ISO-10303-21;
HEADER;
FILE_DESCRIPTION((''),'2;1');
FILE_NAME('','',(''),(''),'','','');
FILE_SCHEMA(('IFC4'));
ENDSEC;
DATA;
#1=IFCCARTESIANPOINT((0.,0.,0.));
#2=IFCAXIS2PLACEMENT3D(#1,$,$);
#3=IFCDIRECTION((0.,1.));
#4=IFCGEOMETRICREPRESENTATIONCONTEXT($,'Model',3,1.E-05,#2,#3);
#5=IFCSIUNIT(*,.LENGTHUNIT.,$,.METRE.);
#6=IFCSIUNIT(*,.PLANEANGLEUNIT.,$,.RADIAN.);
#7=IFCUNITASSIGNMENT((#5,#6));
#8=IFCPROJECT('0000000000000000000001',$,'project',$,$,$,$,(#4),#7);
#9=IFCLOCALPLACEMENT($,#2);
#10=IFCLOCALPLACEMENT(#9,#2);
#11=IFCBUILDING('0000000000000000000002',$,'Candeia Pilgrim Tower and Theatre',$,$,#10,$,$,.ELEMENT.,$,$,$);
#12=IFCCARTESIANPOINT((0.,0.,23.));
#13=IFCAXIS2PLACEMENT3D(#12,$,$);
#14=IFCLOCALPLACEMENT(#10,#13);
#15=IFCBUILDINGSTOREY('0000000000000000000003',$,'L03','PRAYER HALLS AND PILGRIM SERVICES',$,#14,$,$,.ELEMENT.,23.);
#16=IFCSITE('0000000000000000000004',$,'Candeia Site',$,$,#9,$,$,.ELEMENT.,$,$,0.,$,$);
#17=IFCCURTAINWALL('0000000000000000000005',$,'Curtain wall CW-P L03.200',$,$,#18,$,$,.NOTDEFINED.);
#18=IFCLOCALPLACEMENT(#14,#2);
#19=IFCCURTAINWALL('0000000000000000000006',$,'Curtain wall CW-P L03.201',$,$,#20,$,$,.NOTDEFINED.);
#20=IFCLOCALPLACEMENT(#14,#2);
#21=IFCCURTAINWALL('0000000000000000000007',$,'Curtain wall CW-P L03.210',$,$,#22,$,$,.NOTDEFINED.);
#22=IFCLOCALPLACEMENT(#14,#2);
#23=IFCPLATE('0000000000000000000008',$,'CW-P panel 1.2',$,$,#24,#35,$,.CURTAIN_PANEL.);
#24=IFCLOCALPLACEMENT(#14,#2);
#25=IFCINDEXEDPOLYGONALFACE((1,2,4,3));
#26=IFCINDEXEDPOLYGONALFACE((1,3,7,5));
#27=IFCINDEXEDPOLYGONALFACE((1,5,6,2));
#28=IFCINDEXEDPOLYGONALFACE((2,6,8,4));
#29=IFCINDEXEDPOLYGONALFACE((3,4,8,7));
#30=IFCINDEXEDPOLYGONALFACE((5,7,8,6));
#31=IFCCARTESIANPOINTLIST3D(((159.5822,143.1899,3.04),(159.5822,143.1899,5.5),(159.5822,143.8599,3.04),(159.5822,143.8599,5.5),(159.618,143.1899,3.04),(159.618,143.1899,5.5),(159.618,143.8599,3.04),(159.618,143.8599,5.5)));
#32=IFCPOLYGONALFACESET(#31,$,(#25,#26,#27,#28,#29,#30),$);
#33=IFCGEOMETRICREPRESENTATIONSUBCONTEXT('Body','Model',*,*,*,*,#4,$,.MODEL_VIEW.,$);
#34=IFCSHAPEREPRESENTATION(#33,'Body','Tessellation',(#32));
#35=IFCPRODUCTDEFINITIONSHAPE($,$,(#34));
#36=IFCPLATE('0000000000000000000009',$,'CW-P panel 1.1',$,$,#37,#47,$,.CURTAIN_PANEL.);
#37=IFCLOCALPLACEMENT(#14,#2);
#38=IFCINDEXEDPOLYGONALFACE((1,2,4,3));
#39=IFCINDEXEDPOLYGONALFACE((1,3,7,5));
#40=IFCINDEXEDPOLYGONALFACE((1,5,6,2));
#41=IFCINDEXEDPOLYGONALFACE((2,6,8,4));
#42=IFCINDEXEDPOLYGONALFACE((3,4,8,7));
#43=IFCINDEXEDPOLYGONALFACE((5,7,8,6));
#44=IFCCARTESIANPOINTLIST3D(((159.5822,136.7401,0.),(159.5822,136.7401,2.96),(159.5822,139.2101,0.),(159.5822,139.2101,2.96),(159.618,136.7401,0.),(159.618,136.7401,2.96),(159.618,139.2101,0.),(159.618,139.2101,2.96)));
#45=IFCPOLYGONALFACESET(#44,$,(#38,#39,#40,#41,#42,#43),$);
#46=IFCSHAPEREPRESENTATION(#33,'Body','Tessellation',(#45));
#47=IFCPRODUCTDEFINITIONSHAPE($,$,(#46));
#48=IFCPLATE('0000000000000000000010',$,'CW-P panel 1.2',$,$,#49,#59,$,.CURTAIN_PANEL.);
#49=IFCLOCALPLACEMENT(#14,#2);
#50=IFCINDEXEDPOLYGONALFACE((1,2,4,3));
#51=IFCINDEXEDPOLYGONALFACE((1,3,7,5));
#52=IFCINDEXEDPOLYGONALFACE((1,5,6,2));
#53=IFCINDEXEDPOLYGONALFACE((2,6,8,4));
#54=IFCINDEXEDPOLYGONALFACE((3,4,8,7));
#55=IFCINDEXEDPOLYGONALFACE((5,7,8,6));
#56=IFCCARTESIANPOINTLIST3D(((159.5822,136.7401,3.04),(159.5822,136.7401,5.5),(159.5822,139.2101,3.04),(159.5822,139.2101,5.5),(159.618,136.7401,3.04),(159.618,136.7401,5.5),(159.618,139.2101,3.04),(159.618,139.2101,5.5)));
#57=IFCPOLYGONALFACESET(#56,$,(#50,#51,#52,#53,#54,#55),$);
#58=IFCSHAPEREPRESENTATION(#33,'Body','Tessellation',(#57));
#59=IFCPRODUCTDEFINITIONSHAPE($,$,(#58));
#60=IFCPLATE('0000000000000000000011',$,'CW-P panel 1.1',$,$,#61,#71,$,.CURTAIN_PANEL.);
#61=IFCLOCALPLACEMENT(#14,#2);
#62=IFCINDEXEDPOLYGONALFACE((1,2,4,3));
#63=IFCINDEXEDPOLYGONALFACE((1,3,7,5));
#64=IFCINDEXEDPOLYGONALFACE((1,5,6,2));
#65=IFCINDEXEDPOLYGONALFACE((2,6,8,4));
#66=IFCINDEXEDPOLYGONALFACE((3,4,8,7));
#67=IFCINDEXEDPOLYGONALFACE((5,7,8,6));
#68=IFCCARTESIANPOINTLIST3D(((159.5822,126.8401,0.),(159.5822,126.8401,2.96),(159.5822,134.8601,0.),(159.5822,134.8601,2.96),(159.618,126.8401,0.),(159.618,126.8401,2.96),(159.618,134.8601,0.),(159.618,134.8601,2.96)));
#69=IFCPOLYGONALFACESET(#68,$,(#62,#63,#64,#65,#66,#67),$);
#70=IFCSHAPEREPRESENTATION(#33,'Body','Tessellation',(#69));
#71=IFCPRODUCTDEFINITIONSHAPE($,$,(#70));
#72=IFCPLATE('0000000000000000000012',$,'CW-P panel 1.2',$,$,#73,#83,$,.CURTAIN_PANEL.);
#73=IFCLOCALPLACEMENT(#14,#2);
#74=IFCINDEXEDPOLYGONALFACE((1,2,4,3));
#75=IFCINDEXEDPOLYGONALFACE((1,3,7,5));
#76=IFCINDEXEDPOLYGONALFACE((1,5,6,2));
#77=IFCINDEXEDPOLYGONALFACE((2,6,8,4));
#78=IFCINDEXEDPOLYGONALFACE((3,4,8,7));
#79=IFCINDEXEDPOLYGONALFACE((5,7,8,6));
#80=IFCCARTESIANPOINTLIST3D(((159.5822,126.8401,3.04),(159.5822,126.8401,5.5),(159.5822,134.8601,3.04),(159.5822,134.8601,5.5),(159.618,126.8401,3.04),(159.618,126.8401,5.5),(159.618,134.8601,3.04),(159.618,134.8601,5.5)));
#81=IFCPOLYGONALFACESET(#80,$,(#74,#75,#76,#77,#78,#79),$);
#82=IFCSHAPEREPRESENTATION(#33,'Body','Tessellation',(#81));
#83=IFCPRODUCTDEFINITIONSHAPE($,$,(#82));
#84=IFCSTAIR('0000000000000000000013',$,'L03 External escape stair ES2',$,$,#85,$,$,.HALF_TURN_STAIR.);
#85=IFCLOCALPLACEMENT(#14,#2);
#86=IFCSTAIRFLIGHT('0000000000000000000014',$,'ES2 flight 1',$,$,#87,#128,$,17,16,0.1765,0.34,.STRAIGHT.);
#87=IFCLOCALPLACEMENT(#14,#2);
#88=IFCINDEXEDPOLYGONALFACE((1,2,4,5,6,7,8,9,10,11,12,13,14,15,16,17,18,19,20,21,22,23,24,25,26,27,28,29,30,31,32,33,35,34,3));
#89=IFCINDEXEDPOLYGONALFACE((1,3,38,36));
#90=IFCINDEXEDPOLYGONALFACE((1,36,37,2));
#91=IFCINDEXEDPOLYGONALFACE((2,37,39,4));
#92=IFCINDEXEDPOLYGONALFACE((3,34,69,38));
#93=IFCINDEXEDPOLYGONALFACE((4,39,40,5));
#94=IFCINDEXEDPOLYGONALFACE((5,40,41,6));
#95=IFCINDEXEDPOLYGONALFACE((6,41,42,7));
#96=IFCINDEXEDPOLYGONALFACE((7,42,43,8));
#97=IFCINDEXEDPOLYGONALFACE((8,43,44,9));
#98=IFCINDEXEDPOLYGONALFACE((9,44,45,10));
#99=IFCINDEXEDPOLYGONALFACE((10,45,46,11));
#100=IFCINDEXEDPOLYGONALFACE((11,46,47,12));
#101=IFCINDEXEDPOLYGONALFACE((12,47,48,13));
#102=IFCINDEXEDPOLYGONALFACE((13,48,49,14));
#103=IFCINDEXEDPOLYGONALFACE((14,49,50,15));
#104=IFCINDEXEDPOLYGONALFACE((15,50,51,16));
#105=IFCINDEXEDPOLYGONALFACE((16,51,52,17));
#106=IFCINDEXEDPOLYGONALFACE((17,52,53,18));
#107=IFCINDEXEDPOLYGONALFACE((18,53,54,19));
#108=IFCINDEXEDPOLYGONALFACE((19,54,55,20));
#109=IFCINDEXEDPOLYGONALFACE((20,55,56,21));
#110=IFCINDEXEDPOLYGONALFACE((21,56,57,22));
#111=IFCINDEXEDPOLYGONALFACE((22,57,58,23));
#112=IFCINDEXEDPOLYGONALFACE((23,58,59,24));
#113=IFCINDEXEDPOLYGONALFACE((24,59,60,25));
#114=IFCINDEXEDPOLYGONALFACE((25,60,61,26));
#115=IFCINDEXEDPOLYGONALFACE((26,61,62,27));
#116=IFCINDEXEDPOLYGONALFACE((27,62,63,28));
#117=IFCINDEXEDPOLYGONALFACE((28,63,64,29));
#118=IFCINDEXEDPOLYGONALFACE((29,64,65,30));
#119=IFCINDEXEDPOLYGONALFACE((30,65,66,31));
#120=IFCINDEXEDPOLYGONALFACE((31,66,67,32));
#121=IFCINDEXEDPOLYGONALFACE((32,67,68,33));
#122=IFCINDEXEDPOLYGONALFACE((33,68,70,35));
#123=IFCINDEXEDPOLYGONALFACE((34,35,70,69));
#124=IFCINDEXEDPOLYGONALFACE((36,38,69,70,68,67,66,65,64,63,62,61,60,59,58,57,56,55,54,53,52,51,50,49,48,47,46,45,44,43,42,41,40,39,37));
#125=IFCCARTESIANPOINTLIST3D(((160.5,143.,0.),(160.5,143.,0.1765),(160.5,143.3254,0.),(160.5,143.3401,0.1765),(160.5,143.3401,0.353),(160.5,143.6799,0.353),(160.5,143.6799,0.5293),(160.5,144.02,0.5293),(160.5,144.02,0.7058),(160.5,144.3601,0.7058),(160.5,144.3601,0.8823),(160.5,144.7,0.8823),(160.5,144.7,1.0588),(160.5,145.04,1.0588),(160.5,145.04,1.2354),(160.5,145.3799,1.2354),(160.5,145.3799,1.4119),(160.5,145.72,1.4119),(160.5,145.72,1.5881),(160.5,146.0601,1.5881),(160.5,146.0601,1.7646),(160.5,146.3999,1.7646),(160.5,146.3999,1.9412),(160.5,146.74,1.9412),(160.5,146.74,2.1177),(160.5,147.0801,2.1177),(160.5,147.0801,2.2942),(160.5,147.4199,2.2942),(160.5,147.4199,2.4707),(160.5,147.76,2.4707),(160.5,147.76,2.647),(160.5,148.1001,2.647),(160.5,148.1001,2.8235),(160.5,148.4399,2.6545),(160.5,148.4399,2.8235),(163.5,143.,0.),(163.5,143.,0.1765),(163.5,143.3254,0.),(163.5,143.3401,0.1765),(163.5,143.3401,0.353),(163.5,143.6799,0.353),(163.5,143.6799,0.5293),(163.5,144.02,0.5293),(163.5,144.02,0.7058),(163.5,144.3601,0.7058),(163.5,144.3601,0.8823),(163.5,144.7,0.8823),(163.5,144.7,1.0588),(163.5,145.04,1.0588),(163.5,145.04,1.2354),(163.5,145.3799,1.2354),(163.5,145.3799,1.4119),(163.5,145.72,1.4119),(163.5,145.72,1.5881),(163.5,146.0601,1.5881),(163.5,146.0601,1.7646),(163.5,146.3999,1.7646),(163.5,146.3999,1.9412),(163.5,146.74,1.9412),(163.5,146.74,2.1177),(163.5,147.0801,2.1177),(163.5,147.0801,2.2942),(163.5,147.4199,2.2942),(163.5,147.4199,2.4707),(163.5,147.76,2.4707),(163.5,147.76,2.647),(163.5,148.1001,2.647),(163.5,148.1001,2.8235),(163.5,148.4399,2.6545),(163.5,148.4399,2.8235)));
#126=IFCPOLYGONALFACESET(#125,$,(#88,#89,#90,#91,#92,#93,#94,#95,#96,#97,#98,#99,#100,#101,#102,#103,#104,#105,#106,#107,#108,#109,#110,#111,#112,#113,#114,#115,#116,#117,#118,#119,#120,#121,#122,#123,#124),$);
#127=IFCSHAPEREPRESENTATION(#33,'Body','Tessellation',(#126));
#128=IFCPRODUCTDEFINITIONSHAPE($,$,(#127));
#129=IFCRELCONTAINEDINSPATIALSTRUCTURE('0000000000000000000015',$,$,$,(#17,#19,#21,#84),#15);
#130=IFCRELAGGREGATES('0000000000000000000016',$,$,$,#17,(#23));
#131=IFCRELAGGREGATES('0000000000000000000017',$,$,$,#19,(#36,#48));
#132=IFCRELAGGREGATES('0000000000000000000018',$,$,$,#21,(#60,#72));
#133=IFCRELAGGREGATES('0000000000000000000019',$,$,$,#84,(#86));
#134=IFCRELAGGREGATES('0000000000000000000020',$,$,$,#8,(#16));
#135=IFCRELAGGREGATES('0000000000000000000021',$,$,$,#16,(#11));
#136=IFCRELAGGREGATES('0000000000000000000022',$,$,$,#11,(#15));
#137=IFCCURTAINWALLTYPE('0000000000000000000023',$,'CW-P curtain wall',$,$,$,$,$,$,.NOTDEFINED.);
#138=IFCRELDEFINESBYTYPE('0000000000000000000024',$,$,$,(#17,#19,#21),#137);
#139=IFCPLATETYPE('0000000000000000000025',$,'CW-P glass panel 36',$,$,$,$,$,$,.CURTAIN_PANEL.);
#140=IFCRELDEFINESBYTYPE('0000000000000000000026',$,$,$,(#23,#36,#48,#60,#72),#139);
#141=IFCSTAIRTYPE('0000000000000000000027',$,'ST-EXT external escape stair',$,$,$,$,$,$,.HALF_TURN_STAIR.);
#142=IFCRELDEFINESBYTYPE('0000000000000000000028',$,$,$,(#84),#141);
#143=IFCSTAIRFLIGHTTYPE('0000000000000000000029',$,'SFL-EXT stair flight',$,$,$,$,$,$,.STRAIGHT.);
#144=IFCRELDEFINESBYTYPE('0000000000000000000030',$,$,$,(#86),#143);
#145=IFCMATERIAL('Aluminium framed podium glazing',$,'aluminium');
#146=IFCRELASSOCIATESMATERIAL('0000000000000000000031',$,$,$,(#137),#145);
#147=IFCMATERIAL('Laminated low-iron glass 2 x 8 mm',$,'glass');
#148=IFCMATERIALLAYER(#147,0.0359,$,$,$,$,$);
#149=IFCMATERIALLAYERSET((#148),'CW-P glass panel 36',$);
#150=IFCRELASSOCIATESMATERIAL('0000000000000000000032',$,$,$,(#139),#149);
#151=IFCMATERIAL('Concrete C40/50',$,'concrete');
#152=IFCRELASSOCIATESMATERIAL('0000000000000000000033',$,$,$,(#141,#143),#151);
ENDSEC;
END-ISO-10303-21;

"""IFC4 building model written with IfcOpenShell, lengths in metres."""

from ifc_helpers import new_model, si_unit, direction, frame, origin, origin_2d, place, context, subcontext, project, spatial, polyline, rectangle, outline, extrude, material, layer, layer_set, type_object, element, aggregate, save


model = new_model("IFC4")

# Units and contexts
model_context = context("Model", 3, precision=1e-05, world=origin(), true_north=direction((0.0, 1.0)))
body_context = subcontext(model_context, "Body", "Model", "MODEL_VIEW")
ifc_project = project(units=[si_unit("LENGTHUNIT", "METRE"), si_unit("PLANEANGLEUNIT", "RADIAN")], contexts=[model_context])

# Site, building, storey
site_placement = place(None, origin())
site = spatial("IfcSite", under=ifc_project, at=site_placement, Name="Candeia Site", CompositionType="ELEMENT", RefElevation=0.0)
building_placement = place(site_placement, origin())
building = spatial("IfcBuilding", under=site, at=building_placement, Name="Candeia Pilgrim Tower and Theatre", CompositionType="ELEMENT")
storey_placement = place(building_placement, frame((0.0, 0.0, 23.0)))
storey = spatial("IfcBuildingStorey", under=building, at=storey_placement, Name="L03", Description="PRAYER HALLS AND PILGRIM SERVICES", CompositionType="ELEMENT", Elevation=23.0)

# Shared definitions
ifc_material_1 = material(Name="Concrete C40/50", Category="concrete")

# Curtain walls
ifc_material_2 = material(Name="Aluminium framed podium glazing", Category="aluminium")
curtain_wall_type = type_object("IfcCurtainWallType", Name="CW-P curtain wall", PredefinedType="NOTDEFINED", material=ifc_material_2)
curtain_wall_1_placement = place(storey_placement, origin())
curtain_wall_1 = element("IfcCurtainWall", 1, at=curtain_wall_1_placement, inside=storey, type_object=curtain_wall_type, Name="Curtain wall CW-P L03.200", PredefinedType="NOTDEFINED")
curtain_wall_2_placement = place(storey_placement, origin())
curtain_wall_2 = element("IfcCurtainWall", 2, at=curtain_wall_2_placement, inside=storey, type_object=curtain_wall_type, Name="Curtain wall CW-P L03.201", PredefinedType="NOTDEFINED")

# Curtain wall
curtain_wall_3_placement = place(storey_placement, origin())
curtain_wall_3 = element("IfcCurtainWall", 3, at=curtain_wall_3_placement, inside=storey, type_object=curtain_wall_type, Name="Curtain wall CW-P L03.210", PredefinedType="NOTDEFINED")

# Plates
ifc_material_3 = material(Name="Laminated low-iron glass 2 x 8 mm", Category="glass")
ifc_layer_1 = layer(ifc_material_3, 0.0359)
ifc_layer_set_1 = layer_set([ifc_layer_1], Name="CW-P glass panel 36")
plate_type = type_object("IfcPlateType", Name="CW-P glass panel 36", PredefinedType="CURTAIN_PANEL", material=ifc_layer_set_1)
plate_1_placement = place(storey_placement, frame((159.6001, 143.5249, 3.04), z_axis=(0.0, 0.0, 1.0), x_axis=(0.0, -1.0, 0.0)))
plate_1 = element("IfcPlate", 4, at=plate_1_placement, type_object=plate_type, Name="CW-P panel 1.2", PredefinedType="CURTAIN_PANEL", context=body_context, shape_type="SweptSolid", body=[
    extrude(rectangle(XDim=0.6699, YDim=0.0359, at=origin_2d()), origin(), (0.0, 0.0, 1.0), 2.46),
])
aggregate(curtain_wall_1, [plate_1])
plate_2_placement = place(storey_placement, frame((159.6001, 137.9751, 0.0), z_axis=(0.0, 0.0, 1.0), x_axis=(0.0, -1.0, 0.0)))
plate_2 = element("IfcPlate", 5, at=plate_2_placement, type_object=plate_type, Name="CW-P panel 1.1", PredefinedType="CURTAIN_PANEL", context=body_context, shape_type="SweptSolid", body=[
    extrude(rectangle(XDim=2.47, YDim=0.0359, at=origin_2d()), origin(), (0.0, 0.0, 1.0), 2.96),
])
plate_3_placement = place(storey_placement, frame((159.6001, 137.9751, 3.04), z_axis=(0.0, 0.0, 1.0), x_axis=(0.0, -1.0, 0.0)))
plate_3 = element("IfcPlate", 6, at=plate_3_placement, type_object=plate_type, Name="CW-P panel 1.2", PredefinedType="CURTAIN_PANEL", context=body_context, shape_type="SweptSolid", body=[
    extrude(rectangle(XDim=2.47, YDim=0.0359, at=origin_2d()), origin(), (0.0, 0.0, 1.0), 2.46),
])
aggregate(curtain_wall_2, [plate_2, plate_3])
plate_4_placement = place(storey_placement, frame((159.6001, 130.8501, 0.0), z_axis=(0.0, 0.0, 1.0), x_axis=(0.0, -1.0, 0.0)))
plate_4 = element("IfcPlate", 7, at=plate_4_placement, type_object=plate_type, Name="CW-P panel 1.1", PredefinedType="CURTAIN_PANEL", context=body_context, shape_type="SweptSolid", body=[
    extrude(rectangle(XDim=8.02, YDim=0.0359, at=origin_2d()), origin(), (0.0, 0.0, 1.0), 2.96),
])
plate_5_placement = place(storey_placement, frame((159.6001, 130.8501, 3.04), z_axis=(0.0, 0.0, 1.0), x_axis=(0.0, -1.0, 0.0)))
plate_5 = element("IfcPlate", 8, at=plate_5_placement, type_object=plate_type, Name="CW-P panel 1.2", PredefinedType="CURTAIN_PANEL", context=body_context, shape_type="SweptSolid", body=[
    extrude(rectangle(XDim=8.02, YDim=0.0359, at=origin_2d()), origin(), (0.0, 0.0, 1.0), 2.46),
])
aggregate(curtain_wall_3, [plate_4, plate_5])

# Stair, stair flight
stair_type = type_object("IfcStairType", Name="ST-EXT external escape stair", PredefinedType="HALF_TURN_STAIR", material=ifc_material_1)
stair_placement = place(storey_placement, origin())
stair = element("IfcStair", 9, at=stair_placement, inside=storey, type_object=stair_type, Name="L03 External escape stair ES2", PredefinedType="HALF_TURN_STAIR")
stair_flight_type = type_object("IfcStairFlightType", Name="SFL-EXT stair flight", PredefinedType="STRAIGHT", material=ifc_material_1)
stair_flight_placement = place(storey_placement, frame((162.0, 143.0, 0.0), z_axis=(0.0, 0.0, 1.0), x_axis=(0.0, 1.0, 0.0)))
stair_flight = element("IfcStairFlight", 10, at=stair_flight_placement, type_object=stair_flight_type, Name="ES2 flight 1", NumberOfRisers=17, NumberOfTreads=16, PredefinedType="STRAIGHT", RiserHeight=0.1765, TreadLength=0.34, context=body_context, shape_type="SweptSolid", body=[
    extrude(outline(polyline([(0.0, 0.0), (0.0, 0.1765), (0.3401, 0.1765), (0.3401, 0.353), (0.6799, 0.353), (0.6799, 0.5293), (1.02, 0.5293), (1.02, 0.7058), (1.3601, 0.7058), (1.3601, 0.8823), (1.7, 0.8823), (1.7, 1.0588), (2.04, 1.0588), (2.04, 1.2354), (2.3799, 1.2354), (2.3799, 1.4119), (2.72, 1.4119), (2.72, 1.5881), (3.0601, 1.5881), (3.0601, 1.7646), (3.3999, 1.7646), (3.3999, 1.9412), (3.74, 1.9412), (3.74, 2.1177), (4.0801, 2.1177), (4.0801, 2.2942), (4.4199, 2.2942), (4.4199, 2.4707), (4.76, 2.4707), (4.76, 2.647), (5.1001, 2.647), (5.1001, 2.8235), (5.4399, 2.8235), (5.4399, 3.0), (5.4399, 2.6545), (0.3254, 0.0), (0.0, 0.0)])), frame((0.0, 1.5, 0.0), z_axis=(0.0, -1.0, 0.0), x_axis=(1.0, 0.0, 0.0)), (0.0, 0.0, 1.0), 3.0),
])
aggregate(stair, [stair_flight])

save(model, "model.ifc")
